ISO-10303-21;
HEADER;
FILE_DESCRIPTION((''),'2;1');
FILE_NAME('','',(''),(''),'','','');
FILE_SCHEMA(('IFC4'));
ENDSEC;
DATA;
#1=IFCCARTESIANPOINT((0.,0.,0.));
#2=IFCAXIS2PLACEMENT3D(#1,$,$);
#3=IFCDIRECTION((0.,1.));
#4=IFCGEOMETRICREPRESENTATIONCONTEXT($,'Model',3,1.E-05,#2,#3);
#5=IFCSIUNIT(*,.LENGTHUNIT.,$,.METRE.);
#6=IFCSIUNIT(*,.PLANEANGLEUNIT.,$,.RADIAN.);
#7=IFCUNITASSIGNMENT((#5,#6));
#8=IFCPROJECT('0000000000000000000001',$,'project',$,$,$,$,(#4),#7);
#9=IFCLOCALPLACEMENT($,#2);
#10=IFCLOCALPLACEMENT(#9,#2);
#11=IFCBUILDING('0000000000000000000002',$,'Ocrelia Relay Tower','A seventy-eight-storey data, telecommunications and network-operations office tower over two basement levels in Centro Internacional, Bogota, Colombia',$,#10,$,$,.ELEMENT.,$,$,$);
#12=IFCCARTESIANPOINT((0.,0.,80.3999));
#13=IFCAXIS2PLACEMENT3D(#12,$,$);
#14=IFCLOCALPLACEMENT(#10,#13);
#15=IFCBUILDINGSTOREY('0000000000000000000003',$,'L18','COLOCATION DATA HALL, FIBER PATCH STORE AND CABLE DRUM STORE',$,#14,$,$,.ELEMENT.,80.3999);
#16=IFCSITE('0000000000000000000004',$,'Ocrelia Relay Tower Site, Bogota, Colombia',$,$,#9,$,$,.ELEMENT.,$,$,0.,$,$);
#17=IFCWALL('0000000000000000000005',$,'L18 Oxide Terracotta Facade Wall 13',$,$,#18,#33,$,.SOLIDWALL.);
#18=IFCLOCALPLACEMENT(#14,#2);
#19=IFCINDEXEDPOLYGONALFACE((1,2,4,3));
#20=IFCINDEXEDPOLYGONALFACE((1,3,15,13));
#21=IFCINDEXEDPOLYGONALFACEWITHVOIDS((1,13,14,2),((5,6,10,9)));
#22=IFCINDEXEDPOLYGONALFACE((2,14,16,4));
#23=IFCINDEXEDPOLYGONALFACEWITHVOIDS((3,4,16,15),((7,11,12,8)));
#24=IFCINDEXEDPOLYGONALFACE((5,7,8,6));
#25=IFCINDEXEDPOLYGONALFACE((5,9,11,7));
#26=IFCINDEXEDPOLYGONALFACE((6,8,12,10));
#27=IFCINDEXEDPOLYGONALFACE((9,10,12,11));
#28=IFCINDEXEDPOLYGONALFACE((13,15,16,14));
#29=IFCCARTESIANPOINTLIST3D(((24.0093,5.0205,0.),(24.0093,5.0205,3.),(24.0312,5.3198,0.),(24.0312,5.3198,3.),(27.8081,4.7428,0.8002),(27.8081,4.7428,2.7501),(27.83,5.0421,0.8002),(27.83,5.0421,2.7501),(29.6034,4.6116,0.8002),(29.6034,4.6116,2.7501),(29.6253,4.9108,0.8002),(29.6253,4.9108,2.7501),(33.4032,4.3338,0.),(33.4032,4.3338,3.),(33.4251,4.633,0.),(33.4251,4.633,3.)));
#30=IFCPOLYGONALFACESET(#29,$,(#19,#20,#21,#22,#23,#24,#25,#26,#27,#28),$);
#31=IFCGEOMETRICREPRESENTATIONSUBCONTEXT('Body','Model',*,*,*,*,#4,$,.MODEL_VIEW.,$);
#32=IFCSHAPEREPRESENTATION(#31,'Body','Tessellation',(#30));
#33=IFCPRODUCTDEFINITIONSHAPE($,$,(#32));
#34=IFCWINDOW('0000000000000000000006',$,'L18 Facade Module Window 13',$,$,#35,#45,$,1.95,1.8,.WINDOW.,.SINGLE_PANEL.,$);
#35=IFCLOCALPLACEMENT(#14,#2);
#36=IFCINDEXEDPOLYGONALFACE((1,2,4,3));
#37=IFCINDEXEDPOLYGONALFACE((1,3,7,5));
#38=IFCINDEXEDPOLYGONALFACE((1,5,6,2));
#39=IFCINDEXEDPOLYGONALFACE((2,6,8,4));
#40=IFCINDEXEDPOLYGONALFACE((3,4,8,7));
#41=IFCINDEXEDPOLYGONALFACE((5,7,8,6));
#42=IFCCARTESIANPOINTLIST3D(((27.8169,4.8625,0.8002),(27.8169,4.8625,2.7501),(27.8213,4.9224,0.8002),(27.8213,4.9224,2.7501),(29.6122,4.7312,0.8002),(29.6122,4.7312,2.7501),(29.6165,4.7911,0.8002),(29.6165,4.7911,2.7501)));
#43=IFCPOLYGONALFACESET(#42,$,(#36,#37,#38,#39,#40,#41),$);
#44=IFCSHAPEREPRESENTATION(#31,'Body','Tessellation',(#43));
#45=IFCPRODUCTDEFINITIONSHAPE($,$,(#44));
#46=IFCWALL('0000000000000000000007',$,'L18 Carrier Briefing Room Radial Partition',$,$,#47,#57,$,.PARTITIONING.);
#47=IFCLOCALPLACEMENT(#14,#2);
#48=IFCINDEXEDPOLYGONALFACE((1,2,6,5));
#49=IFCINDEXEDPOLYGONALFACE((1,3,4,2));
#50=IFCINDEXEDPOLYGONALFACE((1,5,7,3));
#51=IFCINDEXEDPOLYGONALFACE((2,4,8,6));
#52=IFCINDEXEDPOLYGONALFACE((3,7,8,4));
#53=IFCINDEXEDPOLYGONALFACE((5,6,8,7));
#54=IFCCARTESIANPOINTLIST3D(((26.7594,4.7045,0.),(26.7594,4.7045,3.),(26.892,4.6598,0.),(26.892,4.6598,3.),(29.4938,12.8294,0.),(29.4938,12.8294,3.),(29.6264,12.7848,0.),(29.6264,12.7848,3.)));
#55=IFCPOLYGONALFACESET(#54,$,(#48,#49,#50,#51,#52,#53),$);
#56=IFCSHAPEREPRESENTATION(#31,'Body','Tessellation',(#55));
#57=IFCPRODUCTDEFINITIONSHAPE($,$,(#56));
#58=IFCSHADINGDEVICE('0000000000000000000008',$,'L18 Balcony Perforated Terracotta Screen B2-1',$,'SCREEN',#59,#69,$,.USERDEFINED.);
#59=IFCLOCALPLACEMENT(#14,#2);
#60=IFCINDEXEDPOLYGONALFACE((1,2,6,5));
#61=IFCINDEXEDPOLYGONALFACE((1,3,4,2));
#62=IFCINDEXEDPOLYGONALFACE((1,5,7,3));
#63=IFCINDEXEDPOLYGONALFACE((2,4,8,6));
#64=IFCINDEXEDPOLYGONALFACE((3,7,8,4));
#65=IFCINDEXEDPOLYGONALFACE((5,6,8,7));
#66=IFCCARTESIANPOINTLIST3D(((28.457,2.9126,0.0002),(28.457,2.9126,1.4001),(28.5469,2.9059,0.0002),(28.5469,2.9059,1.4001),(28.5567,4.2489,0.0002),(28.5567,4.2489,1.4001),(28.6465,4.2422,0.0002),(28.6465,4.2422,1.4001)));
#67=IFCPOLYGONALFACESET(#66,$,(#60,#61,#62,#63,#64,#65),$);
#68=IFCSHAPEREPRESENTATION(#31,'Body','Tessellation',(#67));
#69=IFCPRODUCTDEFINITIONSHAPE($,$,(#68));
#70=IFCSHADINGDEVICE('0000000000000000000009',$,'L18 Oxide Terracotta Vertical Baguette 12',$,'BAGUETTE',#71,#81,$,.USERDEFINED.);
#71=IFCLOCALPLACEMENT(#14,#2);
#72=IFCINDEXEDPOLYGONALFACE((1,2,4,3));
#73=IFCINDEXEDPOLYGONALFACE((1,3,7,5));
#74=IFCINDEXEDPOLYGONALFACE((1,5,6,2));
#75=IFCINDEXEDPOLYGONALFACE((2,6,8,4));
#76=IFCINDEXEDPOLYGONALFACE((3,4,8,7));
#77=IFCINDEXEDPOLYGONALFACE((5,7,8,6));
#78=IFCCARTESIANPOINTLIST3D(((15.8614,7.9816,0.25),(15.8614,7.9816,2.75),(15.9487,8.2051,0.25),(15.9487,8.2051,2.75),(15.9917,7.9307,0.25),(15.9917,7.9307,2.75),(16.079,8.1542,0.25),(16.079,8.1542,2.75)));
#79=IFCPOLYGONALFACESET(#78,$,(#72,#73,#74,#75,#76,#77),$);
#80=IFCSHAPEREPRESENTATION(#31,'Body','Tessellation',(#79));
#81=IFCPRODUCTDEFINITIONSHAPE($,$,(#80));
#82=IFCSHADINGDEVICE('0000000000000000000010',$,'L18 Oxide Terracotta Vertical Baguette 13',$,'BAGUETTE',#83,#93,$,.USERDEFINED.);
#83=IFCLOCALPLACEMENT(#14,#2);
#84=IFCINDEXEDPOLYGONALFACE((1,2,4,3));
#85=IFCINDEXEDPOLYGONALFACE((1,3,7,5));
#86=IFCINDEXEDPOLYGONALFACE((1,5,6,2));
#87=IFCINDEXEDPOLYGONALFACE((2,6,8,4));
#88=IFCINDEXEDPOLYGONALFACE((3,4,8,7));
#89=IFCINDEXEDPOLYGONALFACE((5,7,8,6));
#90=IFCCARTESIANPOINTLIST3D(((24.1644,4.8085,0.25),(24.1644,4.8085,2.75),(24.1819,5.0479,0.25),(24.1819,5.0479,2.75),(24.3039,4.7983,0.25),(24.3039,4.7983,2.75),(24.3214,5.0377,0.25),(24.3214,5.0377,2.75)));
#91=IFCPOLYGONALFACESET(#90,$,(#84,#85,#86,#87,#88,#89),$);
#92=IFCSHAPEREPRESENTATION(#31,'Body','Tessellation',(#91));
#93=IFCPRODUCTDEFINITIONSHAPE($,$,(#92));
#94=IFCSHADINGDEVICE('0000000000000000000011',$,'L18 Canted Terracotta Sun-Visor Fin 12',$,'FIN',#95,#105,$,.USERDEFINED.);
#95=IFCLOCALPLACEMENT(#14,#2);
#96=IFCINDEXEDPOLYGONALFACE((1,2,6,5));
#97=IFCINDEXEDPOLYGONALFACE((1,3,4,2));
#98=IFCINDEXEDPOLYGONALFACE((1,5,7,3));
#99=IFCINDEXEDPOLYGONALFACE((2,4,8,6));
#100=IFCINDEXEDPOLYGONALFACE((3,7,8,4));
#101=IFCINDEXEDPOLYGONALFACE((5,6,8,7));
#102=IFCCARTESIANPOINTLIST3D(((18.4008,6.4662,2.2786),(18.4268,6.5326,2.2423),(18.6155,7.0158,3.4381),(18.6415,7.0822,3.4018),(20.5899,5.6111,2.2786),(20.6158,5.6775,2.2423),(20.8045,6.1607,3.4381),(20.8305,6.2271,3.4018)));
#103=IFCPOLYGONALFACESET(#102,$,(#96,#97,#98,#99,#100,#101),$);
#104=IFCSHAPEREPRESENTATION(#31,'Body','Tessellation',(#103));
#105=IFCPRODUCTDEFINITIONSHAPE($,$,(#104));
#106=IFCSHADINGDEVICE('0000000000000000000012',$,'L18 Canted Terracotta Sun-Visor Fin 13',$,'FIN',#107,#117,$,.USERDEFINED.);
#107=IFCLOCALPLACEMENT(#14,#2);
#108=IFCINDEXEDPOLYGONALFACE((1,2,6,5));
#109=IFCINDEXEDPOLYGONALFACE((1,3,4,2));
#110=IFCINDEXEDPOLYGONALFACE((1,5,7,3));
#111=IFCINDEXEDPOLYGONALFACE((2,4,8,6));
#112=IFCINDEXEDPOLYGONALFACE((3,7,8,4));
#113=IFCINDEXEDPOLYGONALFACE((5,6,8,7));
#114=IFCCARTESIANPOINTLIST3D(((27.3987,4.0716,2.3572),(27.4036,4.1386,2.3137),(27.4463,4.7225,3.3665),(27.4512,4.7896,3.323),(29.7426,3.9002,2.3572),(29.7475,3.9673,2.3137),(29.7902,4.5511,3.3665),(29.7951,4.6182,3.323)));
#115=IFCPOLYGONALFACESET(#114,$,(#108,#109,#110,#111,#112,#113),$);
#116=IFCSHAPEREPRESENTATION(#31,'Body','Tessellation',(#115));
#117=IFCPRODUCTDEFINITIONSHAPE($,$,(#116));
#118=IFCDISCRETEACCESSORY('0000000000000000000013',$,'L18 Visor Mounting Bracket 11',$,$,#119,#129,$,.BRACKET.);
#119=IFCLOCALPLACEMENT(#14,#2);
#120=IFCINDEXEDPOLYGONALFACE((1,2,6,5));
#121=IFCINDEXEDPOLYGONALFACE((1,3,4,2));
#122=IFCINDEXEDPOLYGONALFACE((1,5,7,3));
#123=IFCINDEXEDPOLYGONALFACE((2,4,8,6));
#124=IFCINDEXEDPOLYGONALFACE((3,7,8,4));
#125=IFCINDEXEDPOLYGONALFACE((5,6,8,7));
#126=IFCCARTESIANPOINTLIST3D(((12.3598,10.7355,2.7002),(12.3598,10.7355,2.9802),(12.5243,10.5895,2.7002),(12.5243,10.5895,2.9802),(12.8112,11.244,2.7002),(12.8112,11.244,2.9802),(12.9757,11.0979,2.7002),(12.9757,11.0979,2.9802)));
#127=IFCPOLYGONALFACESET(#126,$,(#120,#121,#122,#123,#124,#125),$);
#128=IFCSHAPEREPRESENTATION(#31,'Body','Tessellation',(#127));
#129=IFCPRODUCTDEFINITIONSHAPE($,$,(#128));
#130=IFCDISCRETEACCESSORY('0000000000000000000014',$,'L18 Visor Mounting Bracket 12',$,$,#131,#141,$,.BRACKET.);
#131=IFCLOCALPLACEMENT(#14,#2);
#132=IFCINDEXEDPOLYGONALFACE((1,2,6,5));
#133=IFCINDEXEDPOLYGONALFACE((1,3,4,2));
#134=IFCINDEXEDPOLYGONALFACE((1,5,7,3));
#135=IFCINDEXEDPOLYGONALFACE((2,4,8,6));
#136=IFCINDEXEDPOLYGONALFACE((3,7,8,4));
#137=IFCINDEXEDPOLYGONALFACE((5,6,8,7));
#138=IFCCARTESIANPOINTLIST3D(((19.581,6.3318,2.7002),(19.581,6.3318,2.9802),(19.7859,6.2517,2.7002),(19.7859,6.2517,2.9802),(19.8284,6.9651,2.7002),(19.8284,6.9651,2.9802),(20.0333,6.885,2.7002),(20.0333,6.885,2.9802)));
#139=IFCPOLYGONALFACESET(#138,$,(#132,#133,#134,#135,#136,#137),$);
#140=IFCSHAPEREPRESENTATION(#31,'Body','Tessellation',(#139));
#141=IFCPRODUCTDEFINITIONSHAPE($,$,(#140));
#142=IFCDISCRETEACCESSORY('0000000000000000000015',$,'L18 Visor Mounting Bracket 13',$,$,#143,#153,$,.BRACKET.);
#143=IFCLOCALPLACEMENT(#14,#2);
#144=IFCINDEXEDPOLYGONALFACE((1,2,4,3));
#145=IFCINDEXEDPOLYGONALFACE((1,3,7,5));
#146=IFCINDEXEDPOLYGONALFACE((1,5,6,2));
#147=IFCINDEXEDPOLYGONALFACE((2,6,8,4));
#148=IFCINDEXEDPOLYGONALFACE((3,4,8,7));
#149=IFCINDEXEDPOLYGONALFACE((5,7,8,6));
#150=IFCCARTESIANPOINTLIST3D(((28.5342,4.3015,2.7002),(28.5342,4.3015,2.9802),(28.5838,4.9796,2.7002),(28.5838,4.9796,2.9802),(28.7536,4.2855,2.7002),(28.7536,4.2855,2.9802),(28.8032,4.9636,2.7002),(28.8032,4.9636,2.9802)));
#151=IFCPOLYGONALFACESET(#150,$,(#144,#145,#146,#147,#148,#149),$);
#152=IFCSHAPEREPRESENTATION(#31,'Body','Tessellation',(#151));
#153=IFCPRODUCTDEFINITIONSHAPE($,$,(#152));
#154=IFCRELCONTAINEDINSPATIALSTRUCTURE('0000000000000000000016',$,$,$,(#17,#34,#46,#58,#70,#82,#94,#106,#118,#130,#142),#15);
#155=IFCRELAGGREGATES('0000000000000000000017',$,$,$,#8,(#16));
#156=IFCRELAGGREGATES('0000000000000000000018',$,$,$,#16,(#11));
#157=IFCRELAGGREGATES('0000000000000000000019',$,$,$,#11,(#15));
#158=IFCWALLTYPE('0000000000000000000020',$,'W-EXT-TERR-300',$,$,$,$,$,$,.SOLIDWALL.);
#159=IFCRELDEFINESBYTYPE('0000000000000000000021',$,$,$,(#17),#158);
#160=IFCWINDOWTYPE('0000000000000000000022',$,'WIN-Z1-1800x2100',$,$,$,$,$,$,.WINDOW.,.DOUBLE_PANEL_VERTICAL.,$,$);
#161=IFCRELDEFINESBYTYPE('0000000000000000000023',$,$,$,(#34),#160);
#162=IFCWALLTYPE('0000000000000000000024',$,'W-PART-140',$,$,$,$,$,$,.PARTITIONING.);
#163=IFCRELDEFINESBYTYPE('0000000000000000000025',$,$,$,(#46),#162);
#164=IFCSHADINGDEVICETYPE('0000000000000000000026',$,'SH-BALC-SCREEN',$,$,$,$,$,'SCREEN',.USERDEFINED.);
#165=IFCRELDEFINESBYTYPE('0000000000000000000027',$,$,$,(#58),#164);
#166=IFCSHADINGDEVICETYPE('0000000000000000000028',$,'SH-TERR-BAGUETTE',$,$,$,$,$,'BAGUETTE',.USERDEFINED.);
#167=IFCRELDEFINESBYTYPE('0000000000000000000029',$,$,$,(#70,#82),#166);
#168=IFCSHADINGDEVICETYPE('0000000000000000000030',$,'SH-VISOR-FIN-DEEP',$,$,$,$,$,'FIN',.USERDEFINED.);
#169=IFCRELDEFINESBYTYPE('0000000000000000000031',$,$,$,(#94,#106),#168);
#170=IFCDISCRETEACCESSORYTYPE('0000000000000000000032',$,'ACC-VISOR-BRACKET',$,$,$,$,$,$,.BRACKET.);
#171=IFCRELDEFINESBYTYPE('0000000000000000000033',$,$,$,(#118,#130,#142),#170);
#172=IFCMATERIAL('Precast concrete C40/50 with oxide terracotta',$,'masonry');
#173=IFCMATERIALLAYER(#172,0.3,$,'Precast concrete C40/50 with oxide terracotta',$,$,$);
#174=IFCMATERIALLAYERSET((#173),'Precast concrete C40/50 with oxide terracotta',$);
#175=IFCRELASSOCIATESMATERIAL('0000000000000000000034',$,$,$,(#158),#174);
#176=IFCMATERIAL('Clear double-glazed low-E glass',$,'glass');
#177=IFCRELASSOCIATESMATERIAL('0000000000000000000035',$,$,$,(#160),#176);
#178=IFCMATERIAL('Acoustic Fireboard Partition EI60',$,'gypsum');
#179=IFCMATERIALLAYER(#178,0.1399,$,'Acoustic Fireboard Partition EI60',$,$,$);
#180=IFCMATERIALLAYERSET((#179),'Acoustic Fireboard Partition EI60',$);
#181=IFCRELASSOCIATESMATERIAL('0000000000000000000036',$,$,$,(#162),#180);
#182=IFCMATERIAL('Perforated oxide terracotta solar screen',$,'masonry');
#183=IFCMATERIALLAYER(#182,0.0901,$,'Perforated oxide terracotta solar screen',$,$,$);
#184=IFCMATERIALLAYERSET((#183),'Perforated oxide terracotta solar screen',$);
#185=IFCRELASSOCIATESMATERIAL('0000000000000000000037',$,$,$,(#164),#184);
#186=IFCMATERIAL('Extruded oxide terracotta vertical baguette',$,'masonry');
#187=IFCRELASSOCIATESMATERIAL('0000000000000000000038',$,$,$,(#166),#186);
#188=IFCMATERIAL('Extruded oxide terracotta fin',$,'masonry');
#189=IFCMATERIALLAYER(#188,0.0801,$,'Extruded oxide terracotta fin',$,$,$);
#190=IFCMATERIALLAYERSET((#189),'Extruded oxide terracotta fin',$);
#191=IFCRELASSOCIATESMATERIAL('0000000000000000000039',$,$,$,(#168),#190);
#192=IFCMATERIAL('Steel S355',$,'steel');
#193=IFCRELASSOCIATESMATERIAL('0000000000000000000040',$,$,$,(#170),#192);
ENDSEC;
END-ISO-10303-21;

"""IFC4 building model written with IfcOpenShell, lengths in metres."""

from ifc_helpers import new_model, si_unit, direction, frame, frame_2d, origin, origin_2d, place, context, subcontext, project, spatial, rectangle, extrude, material, layer, layer_set, type_object, element, fill, save


model = new_model("IFC4")

# Units and contexts
model_context = context("Model", 3, precision=1e-05, world=origin(), true_north=direction((0.0, 1.0)))
body_context = subcontext(model_context, "Body", "Model", "MODEL_VIEW")
ifc_project = project(units=[si_unit("LENGTHUNIT", "METRE"), si_unit("PLANEANGLEUNIT", "RADIAN")], contexts=[model_context])

# Site, building, storey
site_placement = place(None, origin())
site = spatial("IfcSite", under=ifc_project, at=site_placement, Name="Ocrelia Relay Tower Site, Bogota, Colombia", CompositionType="ELEMENT", RefElevation=0.0)
building_placement = place(site_placement, origin())
building = spatial("IfcBuilding", under=site, at=building_placement, Name="Ocrelia Relay Tower", Description="A seventy-eight-storey data, telecommunications and network-operations office tower over two basement levels in Centro Internacional, Bogota, Colombia", CompositionType="ELEMENT")
storey_placement = place(building_placement, frame((0.0, 0.0, 80.3999)))
storey = spatial("IfcBuildingStorey", under=building, at=storey_placement, Name="L18", Description="COLOCATION DATA HALL, FIBER PATCH STORE AND CABLE DRUM STORE", CompositionType="ELEMENT", Elevation=80.3999)

# Shared definitions
ifc_material_1 = material(Name="Steel S355", Category="steel")

# Wall, opening, window
ifc_material_2 = material(Name="Precast concrete C40/50 with oxide terracotta", Category="masonry")
ifc_layer_1 = layer(ifc_material_2, 0.3, Name="Precast concrete C40/50 with oxide terracotta")
ifc_layer_set_1 = layer_set([ifc_layer_1], Name="Precast concrete C40/50 with oxide terracotta")
wall_type_1 = type_object("IfcWallType", Name="W-EXT-TERR-300", PredefinedType="SOLIDWALL", material=ifc_layer_set_1)
ifc_material_3 = material(Name="Clear double-glazed low-E glass", Category="glass")
window_type = type_object("IfcWindowType", Name="WIN-Z1-1800x2100", PartitioningType="DOUBLE_PANEL_VERTICAL", PredefinedType="WINDOW", material=ifc_material_3)
wall_1_placement = place(storey_placement, frame((24.0203, 5.1702, 0.0), z_axis=(0.0, 0.0, 1.0), x_axis=(0.997338, -0.072914, 0.0)))
wall_1 = element("IfcWall", 1, at=wall_1_placement, inside=storey, type_object=wall_type_1, Name="L18 Oxide Terracotta Facade Wall 13", PredefinedType="SOLIDWALL", context=body_context, shape_type="SweptSolid", body=[
    extrude(rectangle(XDim=9.4189, YDim=0.3, at=frame_2d((4.7095, 0.0))), origin(), (0.0, 0.0, 1.0), 3.0),
])
opening_1_placement = place(wall_1_placement, frame((3.8091, 0.0, 0.8)))
opening_1 = element("IfcOpeningElement", 2, at=opening_1_placement, cuts=wall_1, PredefinedType="OPENING", context=body_context, shape_type="SweptSolid", body=[
    extrude(rectangle(XDim=1.8, YDim=1.95, at=frame_2d((0.8999, 0.9751))), frame((0.0, 0.1602, 0.0), z_axis=(0.0, -1.0, 0.0), x_axis=(1.0, 0.0, 0.0)), (0.0, 0.0, 1.0), 0.3201),
])
window_1_placement = place(opening_1_placement, origin())
window_1 = element("IfcWindow", 3, at=window_1_placement, inside=storey, type_object=window_type, Name="L18 Facade Module Window 13", OverallHeight=1.95, OverallWidth=1.8, PartitioningType="SINGLE_PANEL", PredefinedType="WINDOW", context=body_context, shape_type="SweptSolid", body=[
    extrude(rectangle(XDim=1.8, YDim=1.95, at=frame_2d((0.8999, 0.9751))), frame((0.0, 0.03, 0.0), z_axis=(0.0, -1.0, 0.0), x_axis=(1.0, 0.0, 0.0)), (0.0, 0.0, 1.0), 0.0601),
])
fill(opening_1, window_1)

# Wall
ifc_material_4 = material(Name="Acoustic Fireboard Partition EI60", Category="gypsum")
ifc_layer_2 = layer(ifc_material_4, 0.1399, Name="Acoustic Fireboard Partition EI60")
ifc_layer_set_2 = layer_set([ifc_layer_2], Name="Acoustic Fireboard Partition EI60")
wall_type_2 = type_object("IfcWallType", Name="W-PART-140", PredefinedType="PARTITIONING", material=ifc_layer_set_2)
wall_2_placement = place(storey_placement, frame((29.5601, 12.8071, 0.0), z_axis=(0.0, 0.0, 1.0), x_axis=(-0.31896, -0.947768, 0.0)))
element("IfcWall", 4, at=wall_2_placement, inside=storey, type_object=wall_type_2, Name="L18 Carrier Briefing Room Radial Partition", PredefinedType="PARTITIONING", context=body_context, shape_type="SweptSolid", body=[
    extrude(rectangle(XDim=8.5728, YDim=0.1399, at=frame_2d((4.2864, 0.0))), origin(), (0.0, 0.0, 1.0), 3.0),
])

# Shading devices
ifc_material_5 = material(Name="Perforated oxide terracotta solar screen", Category="masonry")
ifc_layer_3 = layer(ifc_material_5, 0.0901, Name="Perforated oxide terracotta solar screen")
ifc_layer_set_3 = layer_set([ifc_layer_3], Name="Perforated oxide terracotta solar screen")
shading_device_type_1 = type_object("IfcShadingDeviceType", Name="SH-BALC-SCREEN", ElementType="SCREEN", PredefinedType="USERDEFINED", material=ifc_layer_set_3)
shading_device_1_placement = place(storey_placement, frame((28.5518, 3.5774, 0.0002), z_axis=(0.0, 0.0, 1.0), x_axis=(-0.074347, -0.997232, 0.0)))
element("IfcShadingDevice", 5, at=shading_device_1_placement, inside=storey, type_object=shading_device_type_1, Name="L18 Balcony Perforated Terracotta Screen B2-1", ObjectType="SCREEN", PredefinedType="USERDEFINED", context=body_context, shape_type="SweptSolid", body=[
    extrude(rectangle(XDim=1.3401, YDim=0.0901, at=origin_2d()), origin(), (0.0, 0.0, 1.0), 1.3999),
])
ifc_material_6 = material(Name="Extruded oxide terracotta vertical baguette", Category="masonry")
shading_device_type_2 = type_object("IfcShadingDeviceType", Name="SH-TERR-BAGUETTE", ElementType="BAGUETTE", PredefinedType="USERDEFINED", material=ifc_material_6)
for number, where, z_axis, x_axis, name in (
    (6, (15.9702, 8.0679, 0.25), (0.0, 0.0, 1.0), (0.931454, -0.363859, 0.0), "L18 Oxide Terracotta Vertical Baguette 12"),
    (7, (24.2429, 4.9231, 0.25), (0.0, 0.0, 1.0), (0.997338, -0.072918, 0.0), "L18 Oxide Terracotta Vertical Baguette 13"),
):
    element("IfcShadingDevice", number, at=place(storey_placement, frame(where, z_axis=z_axis, x_axis=x_axis)), inside=storey, type_object=shading_device_type_2, Name=name, ObjectType="BAGUETTE", PredefinedType="USERDEFINED", context=body_context, shape_type="SweptSolid", body=[
        extrude(rectangle(XDim=0.1399, YDim=0.24, at=origin_2d()), origin(), (0.0, 0.0, 1.0), 2.5),
    ])
ifc_material_7 = material(Name="Extruded oxide terracotta fin", Category="masonry")
ifc_layer_4 = layer(ifc_material_7, 0.0801, Name="Extruded oxide terracotta fin")
ifc_layer_set_4 = layer_set([ifc_layer_4], Name="Extruded oxide terracotta fin")
shading_device_type_3 = type_object("IfcShadingDeviceType", Name="SH-VISOR-FIN-DEEP", ElementType="FIN", PredefinedType="USERDEFINED", material=ifc_layer_set_4)
shading_device_2_placement = place(storey_placement, frame((19.6287, 6.3799, 2.822), z_axis=(-0.324287, -0.830153, 0.453524), x_axis=(0.931454, -0.363859, 0.0)))
element("IfcShadingDevice", 8, at=shading_device_2_placement, inside=storey, type_object=shading_device_type_3, Name="L18 Canted Terracotta Sun-Visor Fin 12", ObjectType="FIN", PredefinedType="USERDEFINED", context=body_context, shape_type="SweptSolid", body=[
    extrude(rectangle(XDim=2.3501, YDim=1.301, at=origin_2d()), origin(), (0.0, 0.0, 1.0), 0.0801),
])
shading_device_3_placement = place(storey_placement, frame((28.5994, 4.3784, 2.8184), z_axis=(-0.06123, -0.837479, 0.543028), x_axis=(0.997338, -0.072918, 0.0)))
element("IfcShadingDevice", 9, at=shading_device_3_placement, inside=storey, type_object=shading_device_type_3, Name="L18 Canted Terracotta Sun-Visor Fin 13", ObjectType="FIN", PredefinedType="USERDEFINED", context=body_context, shape_type="SweptSolid", body=[
    extrude(rectangle(XDim=2.3501, YDim=1.2019, at=origin_2d()), origin(), (0.0, 0.0, 1.0), 0.0801),
])

# Discrete accessories
discrete_accessory_type = type_object("IfcDiscreteAccessoryType", Name="ACC-VISOR-BRACKET", PredefinedType="BRACKET", material=ifc_material_1)
for number, where, z_axis, x_axis, name in (
    (10, (12.6677, 10.9167, 2.7002), (0.0, 0.0, 1.0), (0.747787, -0.663938, 0.0), "L18 Visor Mounting Bracket 11"),
    (11, (19.8071, 6.6084, 2.7002), (0.0, 0.0, 1.0), (0.931454, -0.363859, 0.0), "L18 Visor Mounting Bracket 12"),
    (12, (28.6687, 4.6326, 2.7002), (0.0, 0.0, 1.0), (0.997338, -0.072918, 0.0), "L18 Visor Mounting Bracket 13"),
):
    element("IfcDiscreteAccessory", number, at=place(storey_placement, frame(where, z_axis=z_axis, x_axis=x_axis)), inside=storey, type_object=discrete_accessory_type, Name=name, PredefinedType="BRACKET", context=body_context, shape_type="SweptSolid", body=[
        extrude(rectangle(XDim=0.22, YDim=0.6799, at=origin_2d()), origin(), (0.0, 0.0, 1.0), 0.28),
    ])

save(model, "model.ifc")
